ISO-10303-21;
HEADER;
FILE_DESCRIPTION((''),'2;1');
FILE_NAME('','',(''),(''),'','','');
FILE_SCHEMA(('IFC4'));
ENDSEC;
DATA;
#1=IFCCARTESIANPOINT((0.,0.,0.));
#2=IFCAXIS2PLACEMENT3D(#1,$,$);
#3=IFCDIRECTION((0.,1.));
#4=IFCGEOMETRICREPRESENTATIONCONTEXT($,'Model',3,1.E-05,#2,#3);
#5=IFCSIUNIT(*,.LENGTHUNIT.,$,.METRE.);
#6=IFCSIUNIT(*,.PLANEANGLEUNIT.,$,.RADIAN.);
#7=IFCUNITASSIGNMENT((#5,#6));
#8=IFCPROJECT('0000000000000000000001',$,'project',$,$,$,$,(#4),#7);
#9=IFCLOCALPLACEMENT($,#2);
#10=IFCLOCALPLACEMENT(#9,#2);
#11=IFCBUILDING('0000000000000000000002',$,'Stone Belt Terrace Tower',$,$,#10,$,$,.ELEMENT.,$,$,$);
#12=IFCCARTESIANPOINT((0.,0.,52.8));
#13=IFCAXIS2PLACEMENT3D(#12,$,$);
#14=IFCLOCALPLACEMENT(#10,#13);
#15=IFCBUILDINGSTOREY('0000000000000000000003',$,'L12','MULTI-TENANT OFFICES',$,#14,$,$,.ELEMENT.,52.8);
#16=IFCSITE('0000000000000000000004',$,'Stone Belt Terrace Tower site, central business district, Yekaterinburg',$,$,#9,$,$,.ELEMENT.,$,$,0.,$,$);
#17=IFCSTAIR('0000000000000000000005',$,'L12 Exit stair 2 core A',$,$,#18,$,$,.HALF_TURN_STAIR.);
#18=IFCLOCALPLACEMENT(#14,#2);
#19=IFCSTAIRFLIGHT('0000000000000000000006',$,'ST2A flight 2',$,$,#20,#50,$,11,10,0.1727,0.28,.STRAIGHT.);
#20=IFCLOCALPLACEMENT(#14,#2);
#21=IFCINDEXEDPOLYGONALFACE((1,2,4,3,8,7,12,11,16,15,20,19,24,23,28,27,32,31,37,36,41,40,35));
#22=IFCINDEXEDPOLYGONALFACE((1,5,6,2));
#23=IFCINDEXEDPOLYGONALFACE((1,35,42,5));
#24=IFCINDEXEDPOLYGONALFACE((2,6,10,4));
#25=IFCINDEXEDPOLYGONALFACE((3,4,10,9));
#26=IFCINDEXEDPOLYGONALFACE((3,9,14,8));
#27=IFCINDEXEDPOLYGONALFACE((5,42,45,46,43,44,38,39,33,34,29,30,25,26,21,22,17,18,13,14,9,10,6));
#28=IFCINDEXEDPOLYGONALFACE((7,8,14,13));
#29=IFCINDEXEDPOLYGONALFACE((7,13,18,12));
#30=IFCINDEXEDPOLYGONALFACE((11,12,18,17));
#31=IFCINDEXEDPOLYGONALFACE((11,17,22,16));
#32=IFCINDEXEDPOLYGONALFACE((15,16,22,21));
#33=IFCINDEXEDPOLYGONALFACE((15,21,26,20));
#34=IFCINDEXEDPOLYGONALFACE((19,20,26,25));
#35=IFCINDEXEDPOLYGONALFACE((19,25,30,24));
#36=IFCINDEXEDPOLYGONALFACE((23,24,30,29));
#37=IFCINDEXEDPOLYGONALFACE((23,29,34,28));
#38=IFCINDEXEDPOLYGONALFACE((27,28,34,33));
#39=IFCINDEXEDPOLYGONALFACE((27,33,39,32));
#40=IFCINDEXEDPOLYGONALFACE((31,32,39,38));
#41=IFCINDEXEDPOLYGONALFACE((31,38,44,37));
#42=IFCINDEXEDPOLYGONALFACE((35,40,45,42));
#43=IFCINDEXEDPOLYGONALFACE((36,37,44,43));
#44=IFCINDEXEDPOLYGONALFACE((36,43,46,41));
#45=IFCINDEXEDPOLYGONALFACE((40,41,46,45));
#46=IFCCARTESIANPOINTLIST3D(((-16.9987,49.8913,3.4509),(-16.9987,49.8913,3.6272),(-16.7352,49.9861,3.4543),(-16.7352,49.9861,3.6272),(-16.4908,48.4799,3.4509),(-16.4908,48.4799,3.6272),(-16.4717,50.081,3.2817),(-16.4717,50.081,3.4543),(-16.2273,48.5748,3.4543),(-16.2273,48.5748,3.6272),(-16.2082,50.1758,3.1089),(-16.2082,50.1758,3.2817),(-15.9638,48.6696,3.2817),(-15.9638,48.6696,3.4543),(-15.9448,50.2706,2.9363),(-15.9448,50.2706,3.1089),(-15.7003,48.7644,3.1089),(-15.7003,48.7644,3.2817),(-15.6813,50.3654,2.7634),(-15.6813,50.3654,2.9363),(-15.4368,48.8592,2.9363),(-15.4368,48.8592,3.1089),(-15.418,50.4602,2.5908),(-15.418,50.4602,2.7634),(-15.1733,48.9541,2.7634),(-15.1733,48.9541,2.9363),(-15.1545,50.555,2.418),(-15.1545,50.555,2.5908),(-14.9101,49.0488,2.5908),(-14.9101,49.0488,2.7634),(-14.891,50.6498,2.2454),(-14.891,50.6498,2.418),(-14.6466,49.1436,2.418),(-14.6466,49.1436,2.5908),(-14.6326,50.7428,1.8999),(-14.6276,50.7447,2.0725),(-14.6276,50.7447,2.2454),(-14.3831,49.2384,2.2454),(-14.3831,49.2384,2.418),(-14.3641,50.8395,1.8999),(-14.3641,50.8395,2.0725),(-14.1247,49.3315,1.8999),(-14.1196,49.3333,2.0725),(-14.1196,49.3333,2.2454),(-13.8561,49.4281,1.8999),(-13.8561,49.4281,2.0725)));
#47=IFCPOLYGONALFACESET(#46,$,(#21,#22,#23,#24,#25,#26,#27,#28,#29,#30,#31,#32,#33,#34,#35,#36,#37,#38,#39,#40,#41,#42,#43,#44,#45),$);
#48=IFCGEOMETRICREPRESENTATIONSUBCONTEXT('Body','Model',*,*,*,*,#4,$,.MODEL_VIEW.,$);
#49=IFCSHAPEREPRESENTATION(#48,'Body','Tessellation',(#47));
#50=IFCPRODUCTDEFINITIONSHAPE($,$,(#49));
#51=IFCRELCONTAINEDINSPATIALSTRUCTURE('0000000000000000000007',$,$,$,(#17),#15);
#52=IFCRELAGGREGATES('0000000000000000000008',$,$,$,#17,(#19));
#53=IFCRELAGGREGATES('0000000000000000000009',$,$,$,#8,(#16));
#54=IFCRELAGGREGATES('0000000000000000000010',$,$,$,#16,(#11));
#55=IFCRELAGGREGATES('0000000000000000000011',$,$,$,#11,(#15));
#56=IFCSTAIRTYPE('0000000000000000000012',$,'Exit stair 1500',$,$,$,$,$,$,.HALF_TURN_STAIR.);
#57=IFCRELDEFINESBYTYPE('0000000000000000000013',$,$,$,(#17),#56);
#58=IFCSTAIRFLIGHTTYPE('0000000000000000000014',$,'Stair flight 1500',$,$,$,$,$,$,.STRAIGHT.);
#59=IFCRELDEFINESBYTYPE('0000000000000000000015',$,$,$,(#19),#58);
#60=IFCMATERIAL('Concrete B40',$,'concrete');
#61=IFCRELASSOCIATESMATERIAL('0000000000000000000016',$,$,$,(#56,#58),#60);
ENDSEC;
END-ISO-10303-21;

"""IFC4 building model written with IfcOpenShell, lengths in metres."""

from ifc_helpers import new_model, si_unit, direction, frame, origin, place, context, subcontext, project, spatial, polyline, outline, extrude, material, type_object, element, aggregate, save


model = new_model("IFC4")

# Units and contexts
model_context = context("Model", 3, precision=1e-05, world=origin(), true_north=direction((0.0, 1.0)))
body_context = subcontext(model_context, "Body", "Model", "MODEL_VIEW")
ifc_project = project(units=[si_unit("LENGTHUNIT", "METRE"), si_unit("PLANEANGLEUNIT", "RADIAN")], contexts=[model_context])

# Site, building, storey
site_placement = place(None, origin())
site = spatial("IfcSite", under=ifc_project, at=site_placement, Name="Stone Belt Terrace Tower site, central business district, Yekaterinburg", CompositionType="ELEMENT", RefElevation=0.0)
building_placement = place(site_placement, origin())
building = spatial("IfcBuilding", under=site, at=building_placement, Name="Stone Belt Terrace Tower", CompositionType="ELEMENT")
storey_placement = place(building_placement, frame((0.0, 0.0, 52.8)))
storey = spatial("IfcBuildingStorey", under=building, at=storey_placement, Name="L12", Description="MULTI-TENANT OFFICES", CompositionType="ELEMENT", Elevation=52.8)

# Stair, stair flight
ifc_material_1 = material(Name="Concrete B40", Category="concrete")
stair_type = type_object("IfcStairType", Name="Exit stair 1500", PredefinedType="HALF_TURN_STAIR", material=ifc_material_1)
stair_placement = place(storey_placement, origin())
stair = element("IfcStair", 1, at=stair_placement, inside=storey, type_object=stair_type, Name="L12 Exit stair 2 core A", PredefinedType="HALF_TURN_STAIR")
stair_flight_type = type_object("IfcStairFlightType", Name="Stair flight 1500", PredefinedType="STRAIGHT", material=ifc_material_1)
stair_flight_1_placement = place(storey_placement, frame((-14.1101, 50.1338, 1.8999), z_axis=(0.0, 0.0, 1.0), x_axis=(-0.940922, -0.338624, 0.0)))
stair_flight_1 = element("IfcStairFlight", 2, at=stair_flight_1_placement, type_object=stair_flight_type, Name="ST2A flight 2", NumberOfRisers=11, NumberOfTreads=10, PredefinedType="STRAIGHT", RiserHeight=0.1727, TreadLength=0.28, context=body_context, shape_type="SweptSolid", body=[
    extrude(outline(polyline([(0.0, 0.0), (0.0, 0.1726), (0.28, 0.1726), (0.28, 0.3455), (0.5601, 0.3455), (0.5601, 0.5181), (0.8401, 0.5181), (0.8401, 0.6909), (1.1201, 0.6909), (1.1201, 0.8635), (1.3999, 0.8635), (1.3999, 1.0364), (1.6799, 1.0364), (1.6799, 1.209), (1.96, 1.209), (1.96, 1.3818), (2.24, 1.3818), (2.24, 1.5544), (2.52, 1.5544), (2.52, 1.7273), (2.8, 1.7273), (2.8, 1.8999), (2.8, 1.551), (0.2854, 0.0), (0.0, 0.0)])), frame((0.0, 0.75, 0.0), z_axis=(0.0, -1.0, 0.0), x_axis=(1.0, 0.0, 0.0)), (0.0, 0.0, 1.0), 1.5),
])
aggregate(stair, [stair_flight_1])

save(model, "model.ifc")
